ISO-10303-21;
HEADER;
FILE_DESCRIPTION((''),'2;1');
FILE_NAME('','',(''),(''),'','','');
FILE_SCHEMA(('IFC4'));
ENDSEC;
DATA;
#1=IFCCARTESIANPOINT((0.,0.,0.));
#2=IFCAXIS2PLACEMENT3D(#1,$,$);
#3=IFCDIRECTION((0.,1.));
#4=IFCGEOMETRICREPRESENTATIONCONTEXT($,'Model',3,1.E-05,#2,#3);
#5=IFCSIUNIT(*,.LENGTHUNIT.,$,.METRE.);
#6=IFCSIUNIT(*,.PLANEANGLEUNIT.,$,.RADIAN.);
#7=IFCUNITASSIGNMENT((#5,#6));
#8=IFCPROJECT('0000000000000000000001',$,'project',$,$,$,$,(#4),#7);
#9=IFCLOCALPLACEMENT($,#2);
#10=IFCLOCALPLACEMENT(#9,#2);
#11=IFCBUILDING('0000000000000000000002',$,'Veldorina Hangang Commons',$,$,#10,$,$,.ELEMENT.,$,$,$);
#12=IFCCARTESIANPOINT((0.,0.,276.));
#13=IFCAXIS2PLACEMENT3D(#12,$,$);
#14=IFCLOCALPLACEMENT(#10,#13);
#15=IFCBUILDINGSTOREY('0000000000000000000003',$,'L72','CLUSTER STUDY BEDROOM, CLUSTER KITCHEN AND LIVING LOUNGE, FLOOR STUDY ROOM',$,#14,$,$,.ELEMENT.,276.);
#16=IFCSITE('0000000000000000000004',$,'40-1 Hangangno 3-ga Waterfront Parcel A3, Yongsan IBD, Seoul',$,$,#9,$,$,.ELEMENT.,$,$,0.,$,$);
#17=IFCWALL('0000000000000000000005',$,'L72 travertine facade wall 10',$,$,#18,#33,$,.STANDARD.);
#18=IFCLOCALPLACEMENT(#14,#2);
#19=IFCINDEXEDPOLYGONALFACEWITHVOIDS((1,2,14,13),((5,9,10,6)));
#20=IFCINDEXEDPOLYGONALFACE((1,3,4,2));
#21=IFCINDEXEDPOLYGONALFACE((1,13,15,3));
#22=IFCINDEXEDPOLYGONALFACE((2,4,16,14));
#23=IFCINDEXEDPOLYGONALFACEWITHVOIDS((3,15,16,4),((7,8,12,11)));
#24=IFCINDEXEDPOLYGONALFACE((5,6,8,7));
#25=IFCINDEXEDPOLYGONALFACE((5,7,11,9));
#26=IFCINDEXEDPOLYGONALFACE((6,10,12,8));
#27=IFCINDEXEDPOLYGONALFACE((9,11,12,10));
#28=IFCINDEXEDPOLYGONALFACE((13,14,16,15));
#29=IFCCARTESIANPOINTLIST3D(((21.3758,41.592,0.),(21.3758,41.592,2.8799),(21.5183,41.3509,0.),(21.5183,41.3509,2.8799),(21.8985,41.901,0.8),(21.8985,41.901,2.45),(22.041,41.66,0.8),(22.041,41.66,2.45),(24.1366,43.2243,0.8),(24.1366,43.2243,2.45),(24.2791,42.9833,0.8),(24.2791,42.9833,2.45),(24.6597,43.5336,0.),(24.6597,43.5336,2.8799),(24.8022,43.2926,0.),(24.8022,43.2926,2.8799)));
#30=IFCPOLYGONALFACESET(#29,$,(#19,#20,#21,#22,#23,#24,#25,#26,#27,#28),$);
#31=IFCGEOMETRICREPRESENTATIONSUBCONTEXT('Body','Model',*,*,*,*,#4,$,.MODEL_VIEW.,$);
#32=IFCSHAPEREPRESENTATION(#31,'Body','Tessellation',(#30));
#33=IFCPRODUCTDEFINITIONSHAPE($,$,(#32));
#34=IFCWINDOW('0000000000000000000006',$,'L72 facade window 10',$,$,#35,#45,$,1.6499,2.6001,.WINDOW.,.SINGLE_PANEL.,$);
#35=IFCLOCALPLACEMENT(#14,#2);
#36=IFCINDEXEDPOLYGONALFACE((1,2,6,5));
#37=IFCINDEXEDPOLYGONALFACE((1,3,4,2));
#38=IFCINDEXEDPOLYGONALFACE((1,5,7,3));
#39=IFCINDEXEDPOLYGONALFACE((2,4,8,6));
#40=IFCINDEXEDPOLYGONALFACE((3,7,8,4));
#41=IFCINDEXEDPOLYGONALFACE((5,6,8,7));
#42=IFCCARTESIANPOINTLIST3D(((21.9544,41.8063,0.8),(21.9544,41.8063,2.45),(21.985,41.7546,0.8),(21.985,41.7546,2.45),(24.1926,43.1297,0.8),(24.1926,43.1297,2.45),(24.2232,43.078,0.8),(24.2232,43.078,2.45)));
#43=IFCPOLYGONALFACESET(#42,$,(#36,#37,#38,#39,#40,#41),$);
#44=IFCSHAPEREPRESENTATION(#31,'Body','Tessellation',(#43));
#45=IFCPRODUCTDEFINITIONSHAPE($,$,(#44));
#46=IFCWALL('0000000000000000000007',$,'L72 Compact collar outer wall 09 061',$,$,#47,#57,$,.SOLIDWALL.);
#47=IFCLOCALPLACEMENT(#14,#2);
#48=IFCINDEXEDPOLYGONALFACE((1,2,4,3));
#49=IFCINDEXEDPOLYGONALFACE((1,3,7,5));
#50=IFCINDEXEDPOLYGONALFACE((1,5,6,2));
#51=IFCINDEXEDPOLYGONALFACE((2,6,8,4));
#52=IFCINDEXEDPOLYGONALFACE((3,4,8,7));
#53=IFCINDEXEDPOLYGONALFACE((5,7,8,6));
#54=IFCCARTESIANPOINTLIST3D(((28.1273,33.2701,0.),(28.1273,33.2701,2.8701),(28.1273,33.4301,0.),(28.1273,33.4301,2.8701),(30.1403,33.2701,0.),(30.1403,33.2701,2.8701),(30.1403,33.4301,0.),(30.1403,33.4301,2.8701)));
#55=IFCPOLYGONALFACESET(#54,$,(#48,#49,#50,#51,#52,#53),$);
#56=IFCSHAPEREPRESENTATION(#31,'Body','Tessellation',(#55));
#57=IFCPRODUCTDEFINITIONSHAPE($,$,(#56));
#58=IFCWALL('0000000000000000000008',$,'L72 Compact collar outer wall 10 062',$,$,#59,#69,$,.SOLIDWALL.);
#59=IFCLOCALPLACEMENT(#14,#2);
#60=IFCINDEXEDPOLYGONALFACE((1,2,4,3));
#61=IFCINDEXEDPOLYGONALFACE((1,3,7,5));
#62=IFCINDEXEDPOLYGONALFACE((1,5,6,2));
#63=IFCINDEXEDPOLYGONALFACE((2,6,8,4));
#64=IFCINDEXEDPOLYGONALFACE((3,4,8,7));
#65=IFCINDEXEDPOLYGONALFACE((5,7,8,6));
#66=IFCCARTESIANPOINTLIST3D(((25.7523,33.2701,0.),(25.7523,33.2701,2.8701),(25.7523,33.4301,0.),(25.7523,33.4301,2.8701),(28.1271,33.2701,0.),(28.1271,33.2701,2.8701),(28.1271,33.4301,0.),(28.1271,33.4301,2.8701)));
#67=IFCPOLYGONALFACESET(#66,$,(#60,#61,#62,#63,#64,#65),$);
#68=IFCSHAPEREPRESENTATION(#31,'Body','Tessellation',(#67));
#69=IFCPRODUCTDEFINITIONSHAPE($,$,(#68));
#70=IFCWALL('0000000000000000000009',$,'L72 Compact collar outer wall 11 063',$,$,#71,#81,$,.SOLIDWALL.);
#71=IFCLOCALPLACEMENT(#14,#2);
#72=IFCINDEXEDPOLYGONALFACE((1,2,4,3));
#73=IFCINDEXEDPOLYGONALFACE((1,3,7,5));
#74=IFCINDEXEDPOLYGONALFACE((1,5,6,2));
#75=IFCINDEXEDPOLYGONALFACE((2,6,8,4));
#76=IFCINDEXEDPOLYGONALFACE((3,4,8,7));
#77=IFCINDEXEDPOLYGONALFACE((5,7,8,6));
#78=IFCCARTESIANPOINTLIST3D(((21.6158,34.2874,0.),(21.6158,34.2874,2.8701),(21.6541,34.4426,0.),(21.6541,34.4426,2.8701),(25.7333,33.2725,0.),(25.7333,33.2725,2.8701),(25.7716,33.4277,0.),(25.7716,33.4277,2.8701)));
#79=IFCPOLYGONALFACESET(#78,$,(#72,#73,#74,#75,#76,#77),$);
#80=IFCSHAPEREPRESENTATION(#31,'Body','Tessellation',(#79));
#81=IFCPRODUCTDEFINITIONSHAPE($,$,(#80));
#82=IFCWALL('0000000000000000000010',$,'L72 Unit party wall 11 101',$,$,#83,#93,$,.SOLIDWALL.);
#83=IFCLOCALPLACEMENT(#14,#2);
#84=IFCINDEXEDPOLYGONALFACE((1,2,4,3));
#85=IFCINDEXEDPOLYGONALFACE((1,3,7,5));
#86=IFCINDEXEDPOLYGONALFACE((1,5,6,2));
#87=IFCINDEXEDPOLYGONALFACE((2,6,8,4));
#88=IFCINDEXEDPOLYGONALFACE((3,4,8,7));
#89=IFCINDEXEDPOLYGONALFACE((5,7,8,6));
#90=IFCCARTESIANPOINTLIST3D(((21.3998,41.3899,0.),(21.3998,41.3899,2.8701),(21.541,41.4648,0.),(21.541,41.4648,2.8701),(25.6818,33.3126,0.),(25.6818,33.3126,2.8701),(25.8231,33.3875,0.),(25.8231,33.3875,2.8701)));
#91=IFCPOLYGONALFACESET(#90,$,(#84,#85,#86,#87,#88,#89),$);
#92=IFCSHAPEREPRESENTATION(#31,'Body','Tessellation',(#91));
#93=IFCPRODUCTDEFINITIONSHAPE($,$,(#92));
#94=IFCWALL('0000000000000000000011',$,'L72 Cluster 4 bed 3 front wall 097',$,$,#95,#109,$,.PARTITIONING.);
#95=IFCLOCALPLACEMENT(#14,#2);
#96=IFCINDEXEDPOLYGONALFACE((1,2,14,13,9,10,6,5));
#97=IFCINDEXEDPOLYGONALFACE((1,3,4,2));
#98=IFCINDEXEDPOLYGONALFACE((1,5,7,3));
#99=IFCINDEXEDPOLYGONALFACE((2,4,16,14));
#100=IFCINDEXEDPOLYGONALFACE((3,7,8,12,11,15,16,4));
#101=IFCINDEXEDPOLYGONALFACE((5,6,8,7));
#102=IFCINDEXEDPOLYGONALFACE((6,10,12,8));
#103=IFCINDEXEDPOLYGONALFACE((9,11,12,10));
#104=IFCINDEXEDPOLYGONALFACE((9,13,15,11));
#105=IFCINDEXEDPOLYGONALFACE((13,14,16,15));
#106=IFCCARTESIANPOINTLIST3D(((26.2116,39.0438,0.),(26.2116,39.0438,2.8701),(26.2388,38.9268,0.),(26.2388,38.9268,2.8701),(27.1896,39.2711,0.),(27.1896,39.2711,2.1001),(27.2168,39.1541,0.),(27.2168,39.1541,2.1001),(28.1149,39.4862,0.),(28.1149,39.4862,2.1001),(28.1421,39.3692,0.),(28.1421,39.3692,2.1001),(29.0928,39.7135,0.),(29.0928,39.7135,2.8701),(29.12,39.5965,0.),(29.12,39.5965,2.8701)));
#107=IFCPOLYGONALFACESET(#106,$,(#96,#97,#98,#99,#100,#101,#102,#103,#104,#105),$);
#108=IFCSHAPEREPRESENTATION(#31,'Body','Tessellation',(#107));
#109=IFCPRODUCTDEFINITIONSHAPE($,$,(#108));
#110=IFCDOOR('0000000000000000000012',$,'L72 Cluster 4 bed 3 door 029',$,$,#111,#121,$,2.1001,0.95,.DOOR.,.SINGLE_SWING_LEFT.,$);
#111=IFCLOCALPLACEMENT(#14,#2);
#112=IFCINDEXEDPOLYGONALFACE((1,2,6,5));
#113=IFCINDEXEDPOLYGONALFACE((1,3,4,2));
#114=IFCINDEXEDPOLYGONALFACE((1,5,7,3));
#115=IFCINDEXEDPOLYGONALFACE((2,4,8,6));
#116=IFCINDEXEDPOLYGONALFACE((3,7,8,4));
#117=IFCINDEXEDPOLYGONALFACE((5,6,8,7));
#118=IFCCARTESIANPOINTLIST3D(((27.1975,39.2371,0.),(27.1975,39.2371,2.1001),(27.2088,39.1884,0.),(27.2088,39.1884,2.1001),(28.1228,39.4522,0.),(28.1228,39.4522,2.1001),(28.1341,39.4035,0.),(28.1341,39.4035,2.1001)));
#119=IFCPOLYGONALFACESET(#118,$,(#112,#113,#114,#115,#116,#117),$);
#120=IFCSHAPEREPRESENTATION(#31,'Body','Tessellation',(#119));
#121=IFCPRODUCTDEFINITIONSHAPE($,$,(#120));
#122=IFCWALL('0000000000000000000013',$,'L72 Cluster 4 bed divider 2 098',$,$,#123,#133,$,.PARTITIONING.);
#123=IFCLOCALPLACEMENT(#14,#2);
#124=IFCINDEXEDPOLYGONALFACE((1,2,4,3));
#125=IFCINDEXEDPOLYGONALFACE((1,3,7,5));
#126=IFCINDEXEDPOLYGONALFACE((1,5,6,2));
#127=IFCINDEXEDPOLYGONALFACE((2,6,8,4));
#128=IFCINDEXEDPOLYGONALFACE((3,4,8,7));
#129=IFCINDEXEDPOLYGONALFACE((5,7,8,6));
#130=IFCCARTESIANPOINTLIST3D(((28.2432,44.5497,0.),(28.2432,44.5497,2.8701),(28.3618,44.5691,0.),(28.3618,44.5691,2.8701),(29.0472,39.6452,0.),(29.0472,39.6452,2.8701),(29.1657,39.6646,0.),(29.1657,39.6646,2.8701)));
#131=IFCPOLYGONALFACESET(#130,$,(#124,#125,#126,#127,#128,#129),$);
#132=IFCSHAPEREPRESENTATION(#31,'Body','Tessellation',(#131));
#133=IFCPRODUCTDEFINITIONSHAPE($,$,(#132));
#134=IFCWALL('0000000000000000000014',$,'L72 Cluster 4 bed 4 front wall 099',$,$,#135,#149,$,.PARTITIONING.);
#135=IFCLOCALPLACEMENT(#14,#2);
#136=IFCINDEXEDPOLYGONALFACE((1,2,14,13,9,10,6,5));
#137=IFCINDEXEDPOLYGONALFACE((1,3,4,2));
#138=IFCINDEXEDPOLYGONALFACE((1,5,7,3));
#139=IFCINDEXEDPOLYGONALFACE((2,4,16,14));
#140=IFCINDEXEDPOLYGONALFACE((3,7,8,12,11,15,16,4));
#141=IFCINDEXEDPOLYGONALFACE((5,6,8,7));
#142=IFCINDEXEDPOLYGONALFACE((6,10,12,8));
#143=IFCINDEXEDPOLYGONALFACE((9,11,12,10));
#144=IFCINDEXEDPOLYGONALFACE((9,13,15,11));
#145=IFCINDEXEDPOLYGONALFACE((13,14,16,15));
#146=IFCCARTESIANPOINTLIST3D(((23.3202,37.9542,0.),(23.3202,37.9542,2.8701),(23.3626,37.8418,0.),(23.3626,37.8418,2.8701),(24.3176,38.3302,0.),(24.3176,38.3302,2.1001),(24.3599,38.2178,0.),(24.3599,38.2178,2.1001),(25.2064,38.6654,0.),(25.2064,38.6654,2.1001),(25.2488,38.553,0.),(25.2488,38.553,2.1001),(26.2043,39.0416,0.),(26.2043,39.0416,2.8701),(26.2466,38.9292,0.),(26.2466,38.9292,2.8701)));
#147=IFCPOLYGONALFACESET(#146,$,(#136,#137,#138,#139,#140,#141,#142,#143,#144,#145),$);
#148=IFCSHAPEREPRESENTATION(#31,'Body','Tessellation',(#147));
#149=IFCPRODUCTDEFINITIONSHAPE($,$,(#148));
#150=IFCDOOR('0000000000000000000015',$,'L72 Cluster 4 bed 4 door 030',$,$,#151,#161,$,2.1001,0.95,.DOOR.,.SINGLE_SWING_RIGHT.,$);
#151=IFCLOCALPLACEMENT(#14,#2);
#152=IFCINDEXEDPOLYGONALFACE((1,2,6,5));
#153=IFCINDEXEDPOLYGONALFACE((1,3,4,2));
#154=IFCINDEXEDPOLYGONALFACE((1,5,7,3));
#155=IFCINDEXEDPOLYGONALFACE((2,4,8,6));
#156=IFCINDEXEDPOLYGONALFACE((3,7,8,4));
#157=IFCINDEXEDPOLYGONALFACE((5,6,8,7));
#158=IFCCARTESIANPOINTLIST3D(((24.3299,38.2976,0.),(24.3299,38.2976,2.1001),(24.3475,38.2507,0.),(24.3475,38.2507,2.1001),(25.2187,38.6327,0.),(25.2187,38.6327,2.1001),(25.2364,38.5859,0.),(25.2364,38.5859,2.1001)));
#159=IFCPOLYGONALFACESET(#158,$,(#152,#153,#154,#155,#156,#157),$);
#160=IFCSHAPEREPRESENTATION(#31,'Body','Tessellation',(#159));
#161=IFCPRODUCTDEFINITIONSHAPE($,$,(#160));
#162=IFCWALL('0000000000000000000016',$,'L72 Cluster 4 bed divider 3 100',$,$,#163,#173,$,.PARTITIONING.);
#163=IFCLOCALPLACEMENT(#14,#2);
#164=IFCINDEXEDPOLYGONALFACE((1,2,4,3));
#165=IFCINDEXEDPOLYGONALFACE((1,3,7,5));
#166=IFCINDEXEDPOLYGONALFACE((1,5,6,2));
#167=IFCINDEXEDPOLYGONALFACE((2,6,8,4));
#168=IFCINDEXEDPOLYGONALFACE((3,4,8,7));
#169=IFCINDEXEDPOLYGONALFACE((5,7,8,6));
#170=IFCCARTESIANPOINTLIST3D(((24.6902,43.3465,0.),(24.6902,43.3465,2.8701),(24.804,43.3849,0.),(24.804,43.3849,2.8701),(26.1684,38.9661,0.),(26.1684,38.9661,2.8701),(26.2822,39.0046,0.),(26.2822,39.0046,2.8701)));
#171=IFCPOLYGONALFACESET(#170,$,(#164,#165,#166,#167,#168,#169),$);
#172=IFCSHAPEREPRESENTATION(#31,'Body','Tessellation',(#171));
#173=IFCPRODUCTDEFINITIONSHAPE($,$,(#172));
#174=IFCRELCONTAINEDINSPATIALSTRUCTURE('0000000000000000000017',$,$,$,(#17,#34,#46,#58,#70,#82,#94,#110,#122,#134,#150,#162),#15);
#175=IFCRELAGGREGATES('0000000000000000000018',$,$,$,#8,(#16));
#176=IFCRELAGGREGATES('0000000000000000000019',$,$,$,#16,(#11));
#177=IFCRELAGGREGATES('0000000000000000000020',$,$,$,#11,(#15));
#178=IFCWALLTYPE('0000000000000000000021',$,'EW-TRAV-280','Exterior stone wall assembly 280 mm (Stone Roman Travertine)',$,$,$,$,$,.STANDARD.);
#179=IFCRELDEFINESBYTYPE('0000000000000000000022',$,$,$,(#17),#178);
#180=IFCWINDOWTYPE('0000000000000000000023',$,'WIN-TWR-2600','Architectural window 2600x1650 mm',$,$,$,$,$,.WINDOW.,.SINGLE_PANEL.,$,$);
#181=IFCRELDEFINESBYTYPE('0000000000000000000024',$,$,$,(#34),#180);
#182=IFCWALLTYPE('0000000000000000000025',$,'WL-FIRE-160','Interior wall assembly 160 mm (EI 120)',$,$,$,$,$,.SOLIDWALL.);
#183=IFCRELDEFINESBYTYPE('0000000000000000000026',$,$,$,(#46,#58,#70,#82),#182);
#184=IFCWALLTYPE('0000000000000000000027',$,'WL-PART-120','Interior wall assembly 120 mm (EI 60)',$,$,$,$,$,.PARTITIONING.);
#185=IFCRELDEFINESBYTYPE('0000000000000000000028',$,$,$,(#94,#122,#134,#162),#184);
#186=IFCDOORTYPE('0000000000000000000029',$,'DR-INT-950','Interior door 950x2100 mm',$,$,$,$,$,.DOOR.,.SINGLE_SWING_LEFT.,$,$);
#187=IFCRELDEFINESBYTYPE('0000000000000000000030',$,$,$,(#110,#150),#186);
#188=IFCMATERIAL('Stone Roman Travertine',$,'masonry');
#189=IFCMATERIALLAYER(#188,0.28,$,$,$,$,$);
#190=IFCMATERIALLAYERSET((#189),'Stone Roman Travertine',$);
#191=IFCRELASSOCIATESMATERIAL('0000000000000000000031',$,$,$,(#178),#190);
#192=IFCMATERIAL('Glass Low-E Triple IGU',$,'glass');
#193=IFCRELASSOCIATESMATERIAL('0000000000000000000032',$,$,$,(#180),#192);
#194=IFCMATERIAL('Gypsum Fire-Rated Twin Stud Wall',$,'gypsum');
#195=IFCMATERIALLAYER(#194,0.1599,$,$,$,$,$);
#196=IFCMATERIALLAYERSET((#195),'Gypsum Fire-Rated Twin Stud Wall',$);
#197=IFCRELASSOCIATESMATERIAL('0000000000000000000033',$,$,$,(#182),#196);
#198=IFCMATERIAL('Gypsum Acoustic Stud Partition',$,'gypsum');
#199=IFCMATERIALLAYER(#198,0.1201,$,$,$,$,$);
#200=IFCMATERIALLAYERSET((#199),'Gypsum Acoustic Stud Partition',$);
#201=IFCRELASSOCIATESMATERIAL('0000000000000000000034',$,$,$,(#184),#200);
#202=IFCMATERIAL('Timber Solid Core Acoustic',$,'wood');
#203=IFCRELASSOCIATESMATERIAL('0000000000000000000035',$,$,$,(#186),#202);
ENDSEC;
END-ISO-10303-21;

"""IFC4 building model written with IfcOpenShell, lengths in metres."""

from ifc_helpers import new_model, si_unit, direction, frame, frame_2d, origin, place, context, subcontext, project, spatial, rectangle, extrude, material, layer, layer_set, type_object, element, fill, save


model = new_model("IFC4")

# Units and contexts
model_context = context("Model", 3, precision=1e-05, world=origin(), true_north=direction((0.0, 1.0)))
body_context = subcontext(model_context, "Body", "Model", "MODEL_VIEW")
ifc_project = project(units=[si_unit("LENGTHUNIT", "METRE"), si_unit("PLANEANGLEUNIT", "RADIAN")], contexts=[model_context])

# Site, building, storey
site_placement = place(None, origin())
site = spatial("IfcSite", under=ifc_project, at=site_placement, Name="40-1 Hangangno 3-ga Waterfront Parcel A3, Yongsan IBD, Seoul", CompositionType="ELEMENT", RefElevation=0.0)
building_placement = place(site_placement, origin())
building = spatial("IfcBuilding", under=site, at=building_placement, Name="Veldorina Hangang Commons", CompositionType="ELEMENT")
storey_placement = place(building_placement, frame((0.0, 0.0, 276.0)))
storey = spatial("IfcBuildingStorey", under=building, at=storey_placement, Name="L72", Description="CLUSTER STUDY BEDROOM, CLUSTER KITCHEN AND LIVING LOUNGE, FLOOR STUDY ROOM", CompositionType="ELEMENT", Elevation=276.0)

# Wall, opening, window
ifc_material_1 = material(Name="Stone Roman Travertine", Category="masonry")
ifc_layer_1 = layer(ifc_material_1, 0.28)
ifc_layer_set_1 = layer_set([ifc_layer_1], Name="Stone Roman Travertine")
wall_type_1 = type_object("IfcWallType", Name="EW-TRAV-280", Description="Exterior stone wall assembly 280 mm (Stone Roman Travertine)", PredefinedType="STANDARD", material=ifc_layer_set_1)
ifc_material_2 = material(Name="Glass Low-E Triple IGU", Category="glass")
window_type = type_object("IfcWindowType", Name="WIN-TWR-2600", Description="Architectural window 2600x1650 mm", PartitioningType="SINGLE_PANEL", PredefinedType="WINDOW", material=ifc_material_2)
wall_1_placement = place(storey_placement, frame((24.731, 43.4131, 0.0), z_axis=(0.0, 0.0, 1.0), x_axis=(-0.860795, -0.508951, 0.0)))
wall_1 = element("IfcWall", 1, at=wall_1_placement, inside=storey, type_object=wall_type_1, Name="L72 travertine facade wall 10", PredefinedType="STANDARD", context=body_context, shape_type="SweptSolid", body=[
    extrude(rectangle(XDim=3.8149, YDim=0.28, at=frame_2d((1.9075, 0.0))), origin(), (0.0, 0.0, 1.0), 2.8799),
])
opening_1_placement = place(wall_1_placement, frame((0.6077, 0.0, 0.8)))
opening_1 = element("IfcOpeningElement", 2, at=opening_1_placement, cuts=wall_1, PredefinedType="OPENING", context=body_context, shape_type="SweptSolid", body=[
    extrude(rectangle(XDim=2.6001, YDim=1.6499, at=frame_2d((1.3, 0.825))), frame((0.0, 0.1499, 0.0), z_axis=(0.0, -1.0, 0.0), x_axis=(1.0, 0.0, 0.0)), (0.0, 0.0, 1.0), 0.3),
])
window_1_placement = place(opening_1_placement, origin())
window_1 = element("IfcWindow", 3, at=window_1_placement, inside=storey, type_object=window_type, Name="L72 facade window 10", OverallHeight=1.6499, OverallWidth=2.6001, PartitioningType="SINGLE_PANEL", PredefinedType="WINDOW", context=body_context, shape_type="SweptSolid", body=[
    extrude(rectangle(XDim=2.6001, YDim=1.6499, at=frame_2d((1.3, 0.825))), frame((0.0, 0.03, 0.0), z_axis=(0.0, -1.0, 0.0), x_axis=(1.0, 0.0, 0.0)), (0.0, 0.0, 1.0), 0.0601),
])
fill(opening_1, window_1)

# Walls
ifc_material_3 = material(Name="Gypsum Fire-Rated Twin Stud Wall", Category="gypsum")
ifc_layer_2 = layer(ifc_material_3, 0.1599)
ifc_layer_set_2 = layer_set([ifc_layer_2], Name="Gypsum Fire-Rated Twin Stud Wall")
wall_type_2 = type_object("IfcWallType", Name="WL-FIRE-160", Description="Interior wall assembly 160 mm (EI 120)", PredefinedType="SOLIDWALL", material=ifc_layer_set_2)
wall_2_placement = place(storey_placement, frame((30.1401, 33.3501, 0.0), z_axis=(0.0, 0.0, 1.0), x_axis=(-1.0, 0.0, 0.0)))
element("IfcWall", 4, at=wall_2_placement, inside=storey, type_object=wall_type_2, Name="L72 Compact collar outer wall 09 061", PredefinedType="SOLIDWALL", context=body_context, shape_type="SweptSolid", body=[
    extrude(rectangle(XDim=2.0129, YDim=0.1599, at=frame_2d((1.0063, 0.0))), origin(), (0.0, 0.0, 1.0), 2.8701),
])
wall_3_placement = place(storey_placement, frame((28.1272, 33.3501, 0.0), z_axis=(0.0, 0.0, 1.0), x_axis=(-1.0, 0.0, 0.0)))
element("IfcWall", 5, at=wall_3_placement, inside=storey, type_object=wall_type_2, Name="L72 Compact collar outer wall 10 062", PredefinedType="SOLIDWALL", context=body_context, shape_type="SweptSolid", body=[
    extrude(rectangle(XDim=2.3748, YDim=0.1599, at=frame_2d((1.1875, 0.0))), origin(), (0.0, 0.0, 1.0), 2.8701),
])
wall_4_placement = place(storey_placement, frame((25.7524, 33.3501, 0.0), z_axis=(0.0, 0.0, 1.0), x_axis=(-0.97094, 0.239324, 0.0)))
element("IfcWall", 6, at=wall_4_placement, inside=storey, type_object=wall_type_2, Name="L72 Compact collar outer wall 11 063", PredefinedType="SOLIDWALL", context=body_context, shape_type="SweptSolid", body=[
    extrude(rectangle(XDim=4.2407, YDim=0.1599, at=frame_2d((2.1204, 0.0))), origin(), (0.0, 0.0, 1.0), 2.8701),
])
wall_5_placement = place(storey_placement, frame((25.7524, 33.3501, 0.0), z_axis=(0.0, 0.0, 1.0), x_axis=(-0.468387, 0.883523, 0.0)))
element("IfcWall", 7, at=wall_5_placement, inside=storey, type_object=wall_type_2, Name="L72 Unit party wall 11 101", PredefinedType="SOLIDWALL", context=body_context, shape_type="SweptSolid", body=[
    extrude(rectangle(XDim=9.1421, YDim=0.1599, at=frame_2d((4.571, 0.0))), origin(), (0.0, 0.0, 1.0), 2.8701),
])

# Wall, opening, door
ifc_material_4 = material(Name="Gypsum Acoustic Stud Partition", Category="gypsum")
ifc_layer_3 = layer(ifc_material_4, 0.1201)
ifc_layer_set_3 = layer_set([ifc_layer_3], Name="Gypsum Acoustic Stud Partition")
wall_type_3 = type_object("IfcWallType", Name="WL-PART-120", Description="Interior wall assembly 120 mm (EI 60)", PredefinedType="PARTITIONING", material=ifc_layer_set_3)
wall_6_placement = place(storey_placement, frame((29.1064, 39.655, 0.0), z_axis=(0.0, 0.0, 1.0), x_axis=(-0.974034, -0.226402, 0.0)))
wall_6 = element("IfcWall", 8, at=wall_6_placement, inside=storey, type_object=wall_type_3, Name="L72 Cluster 4 bed 3 front wall 097", PredefinedType="PARTITIONING", context=body_context, shape_type="SweptSolid", body=[
    extrude(rectangle(XDim=2.958, YDim=0.1201, at=frame_2d((1.479, 0.0))), origin(), (0.0, 0.0, 1.0), 2.8701),
])
opening_2_placement = place(wall_6_placement, frame((1.0039, 0.0, 0.0)))
opening_2 = element("IfcOpeningElement", 9, at=opening_2_placement, cuts=wall_6, PredefinedType="OPENING", context=body_context, shape_type="SweptSolid", body=[
    extrude(rectangle(XDim=0.95, YDim=2.1001, at=frame_2d((0.4751, 1.05))), frame((0.0, 0.0701, 0.0), z_axis=(0.0, -1.0, 0.0), x_axis=(1.0, 0.0, 0.0)), (0.0, 0.0, 1.0), 0.1401),
])
ifc_material_5 = material(Name="Timber Solid Core Acoustic", Category="wood")
door_type = type_object("IfcDoorType", Name="DR-INT-950", Description="Interior door 950x2100 mm", OperationType="SINGLE_SWING_LEFT", PredefinedType="DOOR", material=ifc_material_5)
door_1_placement = place(opening_2_placement, origin())
door_1 = element("IfcDoor", 10, at=door_1_placement, inside=storey, type_object=door_type, Name="L72 Cluster 4 bed 3 door 029", OperationType="SINGLE_SWING_LEFT", OverallHeight=2.1001, OverallWidth=0.95, PredefinedType="DOOR", context=body_context, shape_type="SweptSolid", body=[
    extrude(rectangle(XDim=0.95, YDim=2.1001, at=frame_2d((0.4751, 1.05))), frame((0.0, 0.0249, 0.0), z_axis=(0.0, -1.0, 0.0), x_axis=(1.0, 0.0, 0.0)), (0.0, 0.0, 1.0), 0.05),
])
fill(opening_2, door_1)

# Wall
wall_7_placement = place(storey_placement, frame((29.1064, 39.655, 0.0), z_axis=(0.0, 0.0, 1.0), x_axis=(-0.161762, 0.98683, 0.0)))
element("IfcWall", 11, at=wall_7_placement, inside=storey, type_object=wall_type_3, Name="L72 Cluster 4 bed divider 2 098", PredefinedType="PARTITIONING", context=body_context, shape_type="SweptSolid", body=[
    extrude(rectangle(XDim=4.97, YDim=0.1201, at=frame_2d((2.4849, 0.0))), origin(), (0.0, 0.0, 1.0), 2.8701),
])

# Wall, opening, door
wall_8_placement = place(storey_placement, frame((26.2253, 38.9854, 0.0), z_axis=(0.0, 0.0, 1.0), x_axis=(-0.935699, -0.352798, 0.0)))
wall_8 = element("IfcWall", 12, at=wall_8_placement, inside=storey, type_object=wall_type_3, Name="L72 Cluster 4 bed 4 front wall 099", PredefinedType="PARTITIONING", context=body_context, shape_type="SweptSolid", body=[
    extrude(rectangle(XDim=3.0823, YDim=0.1201, at=frame_2d((1.541, 0.0))), origin(), (0.0, 0.0, 1.0), 2.8701),
])
opening_3_placement = place(wall_8_placement, frame((1.0662, 0.0, 0.0)))
opening_3 = element("IfcOpeningElement", 13, at=opening_3_placement, cuts=wall_8, PredefinedType="OPENING", context=body_context, shape_type="SweptSolid", body=[
    extrude(rectangle(XDim=0.95, YDim=2.1001, at=frame_2d((0.4751, 1.05))), frame((0.0, 0.0701, 0.0), z_axis=(0.0, -1.0, 0.0), x_axis=(1.0, 0.0, 0.0)), (0.0, 0.0, 1.0), 0.1401),
])
door_2_placement = place(opening_3_placement, origin())
door_2 = element("IfcDoor", 14, at=door_2_placement, inside=storey, type_object=door_type, Name="L72 Cluster 4 bed 4 door 030", OperationType="SINGLE_SWING_RIGHT", OverallHeight=2.1001, OverallWidth=0.95, PredefinedType="DOOR", context=body_context, shape_type="SweptSolid", body=[
    extrude(rectangle(XDim=0.95, YDim=2.1001, at=frame_2d((0.4751, 1.05))), frame((0.0, 0.0249, 0.0), z_axis=(0.0, -1.0, 0.0), x_axis=(1.0, 0.0, 0.0)), (0.0, 0.0, 1.0), 0.05),
])
fill(opening_3, door_2)

# Wall
wall_9_placement = place(storey_placement, frame((26.2253, 38.9854, 0.0), z_axis=(0.0, 0.0, 1.0), x_axis=(-0.319758, 0.947499, 0.0)))
element("IfcWall", 15, at=wall_9_placement, inside=storey, type_object=wall_type_3, Name="L72 Cluster 4 bed divider 3 100", PredefinedType="PARTITIONING", context=body_context, shape_type="SweptSolid", body=[
    extrude(rectangle(XDim=4.623, YDim=0.1201, at=frame_2d((2.3115, 0.0))), origin(), (0.0, 0.0, 1.0), 2.8701),
])

save(model, "model.ifc")
